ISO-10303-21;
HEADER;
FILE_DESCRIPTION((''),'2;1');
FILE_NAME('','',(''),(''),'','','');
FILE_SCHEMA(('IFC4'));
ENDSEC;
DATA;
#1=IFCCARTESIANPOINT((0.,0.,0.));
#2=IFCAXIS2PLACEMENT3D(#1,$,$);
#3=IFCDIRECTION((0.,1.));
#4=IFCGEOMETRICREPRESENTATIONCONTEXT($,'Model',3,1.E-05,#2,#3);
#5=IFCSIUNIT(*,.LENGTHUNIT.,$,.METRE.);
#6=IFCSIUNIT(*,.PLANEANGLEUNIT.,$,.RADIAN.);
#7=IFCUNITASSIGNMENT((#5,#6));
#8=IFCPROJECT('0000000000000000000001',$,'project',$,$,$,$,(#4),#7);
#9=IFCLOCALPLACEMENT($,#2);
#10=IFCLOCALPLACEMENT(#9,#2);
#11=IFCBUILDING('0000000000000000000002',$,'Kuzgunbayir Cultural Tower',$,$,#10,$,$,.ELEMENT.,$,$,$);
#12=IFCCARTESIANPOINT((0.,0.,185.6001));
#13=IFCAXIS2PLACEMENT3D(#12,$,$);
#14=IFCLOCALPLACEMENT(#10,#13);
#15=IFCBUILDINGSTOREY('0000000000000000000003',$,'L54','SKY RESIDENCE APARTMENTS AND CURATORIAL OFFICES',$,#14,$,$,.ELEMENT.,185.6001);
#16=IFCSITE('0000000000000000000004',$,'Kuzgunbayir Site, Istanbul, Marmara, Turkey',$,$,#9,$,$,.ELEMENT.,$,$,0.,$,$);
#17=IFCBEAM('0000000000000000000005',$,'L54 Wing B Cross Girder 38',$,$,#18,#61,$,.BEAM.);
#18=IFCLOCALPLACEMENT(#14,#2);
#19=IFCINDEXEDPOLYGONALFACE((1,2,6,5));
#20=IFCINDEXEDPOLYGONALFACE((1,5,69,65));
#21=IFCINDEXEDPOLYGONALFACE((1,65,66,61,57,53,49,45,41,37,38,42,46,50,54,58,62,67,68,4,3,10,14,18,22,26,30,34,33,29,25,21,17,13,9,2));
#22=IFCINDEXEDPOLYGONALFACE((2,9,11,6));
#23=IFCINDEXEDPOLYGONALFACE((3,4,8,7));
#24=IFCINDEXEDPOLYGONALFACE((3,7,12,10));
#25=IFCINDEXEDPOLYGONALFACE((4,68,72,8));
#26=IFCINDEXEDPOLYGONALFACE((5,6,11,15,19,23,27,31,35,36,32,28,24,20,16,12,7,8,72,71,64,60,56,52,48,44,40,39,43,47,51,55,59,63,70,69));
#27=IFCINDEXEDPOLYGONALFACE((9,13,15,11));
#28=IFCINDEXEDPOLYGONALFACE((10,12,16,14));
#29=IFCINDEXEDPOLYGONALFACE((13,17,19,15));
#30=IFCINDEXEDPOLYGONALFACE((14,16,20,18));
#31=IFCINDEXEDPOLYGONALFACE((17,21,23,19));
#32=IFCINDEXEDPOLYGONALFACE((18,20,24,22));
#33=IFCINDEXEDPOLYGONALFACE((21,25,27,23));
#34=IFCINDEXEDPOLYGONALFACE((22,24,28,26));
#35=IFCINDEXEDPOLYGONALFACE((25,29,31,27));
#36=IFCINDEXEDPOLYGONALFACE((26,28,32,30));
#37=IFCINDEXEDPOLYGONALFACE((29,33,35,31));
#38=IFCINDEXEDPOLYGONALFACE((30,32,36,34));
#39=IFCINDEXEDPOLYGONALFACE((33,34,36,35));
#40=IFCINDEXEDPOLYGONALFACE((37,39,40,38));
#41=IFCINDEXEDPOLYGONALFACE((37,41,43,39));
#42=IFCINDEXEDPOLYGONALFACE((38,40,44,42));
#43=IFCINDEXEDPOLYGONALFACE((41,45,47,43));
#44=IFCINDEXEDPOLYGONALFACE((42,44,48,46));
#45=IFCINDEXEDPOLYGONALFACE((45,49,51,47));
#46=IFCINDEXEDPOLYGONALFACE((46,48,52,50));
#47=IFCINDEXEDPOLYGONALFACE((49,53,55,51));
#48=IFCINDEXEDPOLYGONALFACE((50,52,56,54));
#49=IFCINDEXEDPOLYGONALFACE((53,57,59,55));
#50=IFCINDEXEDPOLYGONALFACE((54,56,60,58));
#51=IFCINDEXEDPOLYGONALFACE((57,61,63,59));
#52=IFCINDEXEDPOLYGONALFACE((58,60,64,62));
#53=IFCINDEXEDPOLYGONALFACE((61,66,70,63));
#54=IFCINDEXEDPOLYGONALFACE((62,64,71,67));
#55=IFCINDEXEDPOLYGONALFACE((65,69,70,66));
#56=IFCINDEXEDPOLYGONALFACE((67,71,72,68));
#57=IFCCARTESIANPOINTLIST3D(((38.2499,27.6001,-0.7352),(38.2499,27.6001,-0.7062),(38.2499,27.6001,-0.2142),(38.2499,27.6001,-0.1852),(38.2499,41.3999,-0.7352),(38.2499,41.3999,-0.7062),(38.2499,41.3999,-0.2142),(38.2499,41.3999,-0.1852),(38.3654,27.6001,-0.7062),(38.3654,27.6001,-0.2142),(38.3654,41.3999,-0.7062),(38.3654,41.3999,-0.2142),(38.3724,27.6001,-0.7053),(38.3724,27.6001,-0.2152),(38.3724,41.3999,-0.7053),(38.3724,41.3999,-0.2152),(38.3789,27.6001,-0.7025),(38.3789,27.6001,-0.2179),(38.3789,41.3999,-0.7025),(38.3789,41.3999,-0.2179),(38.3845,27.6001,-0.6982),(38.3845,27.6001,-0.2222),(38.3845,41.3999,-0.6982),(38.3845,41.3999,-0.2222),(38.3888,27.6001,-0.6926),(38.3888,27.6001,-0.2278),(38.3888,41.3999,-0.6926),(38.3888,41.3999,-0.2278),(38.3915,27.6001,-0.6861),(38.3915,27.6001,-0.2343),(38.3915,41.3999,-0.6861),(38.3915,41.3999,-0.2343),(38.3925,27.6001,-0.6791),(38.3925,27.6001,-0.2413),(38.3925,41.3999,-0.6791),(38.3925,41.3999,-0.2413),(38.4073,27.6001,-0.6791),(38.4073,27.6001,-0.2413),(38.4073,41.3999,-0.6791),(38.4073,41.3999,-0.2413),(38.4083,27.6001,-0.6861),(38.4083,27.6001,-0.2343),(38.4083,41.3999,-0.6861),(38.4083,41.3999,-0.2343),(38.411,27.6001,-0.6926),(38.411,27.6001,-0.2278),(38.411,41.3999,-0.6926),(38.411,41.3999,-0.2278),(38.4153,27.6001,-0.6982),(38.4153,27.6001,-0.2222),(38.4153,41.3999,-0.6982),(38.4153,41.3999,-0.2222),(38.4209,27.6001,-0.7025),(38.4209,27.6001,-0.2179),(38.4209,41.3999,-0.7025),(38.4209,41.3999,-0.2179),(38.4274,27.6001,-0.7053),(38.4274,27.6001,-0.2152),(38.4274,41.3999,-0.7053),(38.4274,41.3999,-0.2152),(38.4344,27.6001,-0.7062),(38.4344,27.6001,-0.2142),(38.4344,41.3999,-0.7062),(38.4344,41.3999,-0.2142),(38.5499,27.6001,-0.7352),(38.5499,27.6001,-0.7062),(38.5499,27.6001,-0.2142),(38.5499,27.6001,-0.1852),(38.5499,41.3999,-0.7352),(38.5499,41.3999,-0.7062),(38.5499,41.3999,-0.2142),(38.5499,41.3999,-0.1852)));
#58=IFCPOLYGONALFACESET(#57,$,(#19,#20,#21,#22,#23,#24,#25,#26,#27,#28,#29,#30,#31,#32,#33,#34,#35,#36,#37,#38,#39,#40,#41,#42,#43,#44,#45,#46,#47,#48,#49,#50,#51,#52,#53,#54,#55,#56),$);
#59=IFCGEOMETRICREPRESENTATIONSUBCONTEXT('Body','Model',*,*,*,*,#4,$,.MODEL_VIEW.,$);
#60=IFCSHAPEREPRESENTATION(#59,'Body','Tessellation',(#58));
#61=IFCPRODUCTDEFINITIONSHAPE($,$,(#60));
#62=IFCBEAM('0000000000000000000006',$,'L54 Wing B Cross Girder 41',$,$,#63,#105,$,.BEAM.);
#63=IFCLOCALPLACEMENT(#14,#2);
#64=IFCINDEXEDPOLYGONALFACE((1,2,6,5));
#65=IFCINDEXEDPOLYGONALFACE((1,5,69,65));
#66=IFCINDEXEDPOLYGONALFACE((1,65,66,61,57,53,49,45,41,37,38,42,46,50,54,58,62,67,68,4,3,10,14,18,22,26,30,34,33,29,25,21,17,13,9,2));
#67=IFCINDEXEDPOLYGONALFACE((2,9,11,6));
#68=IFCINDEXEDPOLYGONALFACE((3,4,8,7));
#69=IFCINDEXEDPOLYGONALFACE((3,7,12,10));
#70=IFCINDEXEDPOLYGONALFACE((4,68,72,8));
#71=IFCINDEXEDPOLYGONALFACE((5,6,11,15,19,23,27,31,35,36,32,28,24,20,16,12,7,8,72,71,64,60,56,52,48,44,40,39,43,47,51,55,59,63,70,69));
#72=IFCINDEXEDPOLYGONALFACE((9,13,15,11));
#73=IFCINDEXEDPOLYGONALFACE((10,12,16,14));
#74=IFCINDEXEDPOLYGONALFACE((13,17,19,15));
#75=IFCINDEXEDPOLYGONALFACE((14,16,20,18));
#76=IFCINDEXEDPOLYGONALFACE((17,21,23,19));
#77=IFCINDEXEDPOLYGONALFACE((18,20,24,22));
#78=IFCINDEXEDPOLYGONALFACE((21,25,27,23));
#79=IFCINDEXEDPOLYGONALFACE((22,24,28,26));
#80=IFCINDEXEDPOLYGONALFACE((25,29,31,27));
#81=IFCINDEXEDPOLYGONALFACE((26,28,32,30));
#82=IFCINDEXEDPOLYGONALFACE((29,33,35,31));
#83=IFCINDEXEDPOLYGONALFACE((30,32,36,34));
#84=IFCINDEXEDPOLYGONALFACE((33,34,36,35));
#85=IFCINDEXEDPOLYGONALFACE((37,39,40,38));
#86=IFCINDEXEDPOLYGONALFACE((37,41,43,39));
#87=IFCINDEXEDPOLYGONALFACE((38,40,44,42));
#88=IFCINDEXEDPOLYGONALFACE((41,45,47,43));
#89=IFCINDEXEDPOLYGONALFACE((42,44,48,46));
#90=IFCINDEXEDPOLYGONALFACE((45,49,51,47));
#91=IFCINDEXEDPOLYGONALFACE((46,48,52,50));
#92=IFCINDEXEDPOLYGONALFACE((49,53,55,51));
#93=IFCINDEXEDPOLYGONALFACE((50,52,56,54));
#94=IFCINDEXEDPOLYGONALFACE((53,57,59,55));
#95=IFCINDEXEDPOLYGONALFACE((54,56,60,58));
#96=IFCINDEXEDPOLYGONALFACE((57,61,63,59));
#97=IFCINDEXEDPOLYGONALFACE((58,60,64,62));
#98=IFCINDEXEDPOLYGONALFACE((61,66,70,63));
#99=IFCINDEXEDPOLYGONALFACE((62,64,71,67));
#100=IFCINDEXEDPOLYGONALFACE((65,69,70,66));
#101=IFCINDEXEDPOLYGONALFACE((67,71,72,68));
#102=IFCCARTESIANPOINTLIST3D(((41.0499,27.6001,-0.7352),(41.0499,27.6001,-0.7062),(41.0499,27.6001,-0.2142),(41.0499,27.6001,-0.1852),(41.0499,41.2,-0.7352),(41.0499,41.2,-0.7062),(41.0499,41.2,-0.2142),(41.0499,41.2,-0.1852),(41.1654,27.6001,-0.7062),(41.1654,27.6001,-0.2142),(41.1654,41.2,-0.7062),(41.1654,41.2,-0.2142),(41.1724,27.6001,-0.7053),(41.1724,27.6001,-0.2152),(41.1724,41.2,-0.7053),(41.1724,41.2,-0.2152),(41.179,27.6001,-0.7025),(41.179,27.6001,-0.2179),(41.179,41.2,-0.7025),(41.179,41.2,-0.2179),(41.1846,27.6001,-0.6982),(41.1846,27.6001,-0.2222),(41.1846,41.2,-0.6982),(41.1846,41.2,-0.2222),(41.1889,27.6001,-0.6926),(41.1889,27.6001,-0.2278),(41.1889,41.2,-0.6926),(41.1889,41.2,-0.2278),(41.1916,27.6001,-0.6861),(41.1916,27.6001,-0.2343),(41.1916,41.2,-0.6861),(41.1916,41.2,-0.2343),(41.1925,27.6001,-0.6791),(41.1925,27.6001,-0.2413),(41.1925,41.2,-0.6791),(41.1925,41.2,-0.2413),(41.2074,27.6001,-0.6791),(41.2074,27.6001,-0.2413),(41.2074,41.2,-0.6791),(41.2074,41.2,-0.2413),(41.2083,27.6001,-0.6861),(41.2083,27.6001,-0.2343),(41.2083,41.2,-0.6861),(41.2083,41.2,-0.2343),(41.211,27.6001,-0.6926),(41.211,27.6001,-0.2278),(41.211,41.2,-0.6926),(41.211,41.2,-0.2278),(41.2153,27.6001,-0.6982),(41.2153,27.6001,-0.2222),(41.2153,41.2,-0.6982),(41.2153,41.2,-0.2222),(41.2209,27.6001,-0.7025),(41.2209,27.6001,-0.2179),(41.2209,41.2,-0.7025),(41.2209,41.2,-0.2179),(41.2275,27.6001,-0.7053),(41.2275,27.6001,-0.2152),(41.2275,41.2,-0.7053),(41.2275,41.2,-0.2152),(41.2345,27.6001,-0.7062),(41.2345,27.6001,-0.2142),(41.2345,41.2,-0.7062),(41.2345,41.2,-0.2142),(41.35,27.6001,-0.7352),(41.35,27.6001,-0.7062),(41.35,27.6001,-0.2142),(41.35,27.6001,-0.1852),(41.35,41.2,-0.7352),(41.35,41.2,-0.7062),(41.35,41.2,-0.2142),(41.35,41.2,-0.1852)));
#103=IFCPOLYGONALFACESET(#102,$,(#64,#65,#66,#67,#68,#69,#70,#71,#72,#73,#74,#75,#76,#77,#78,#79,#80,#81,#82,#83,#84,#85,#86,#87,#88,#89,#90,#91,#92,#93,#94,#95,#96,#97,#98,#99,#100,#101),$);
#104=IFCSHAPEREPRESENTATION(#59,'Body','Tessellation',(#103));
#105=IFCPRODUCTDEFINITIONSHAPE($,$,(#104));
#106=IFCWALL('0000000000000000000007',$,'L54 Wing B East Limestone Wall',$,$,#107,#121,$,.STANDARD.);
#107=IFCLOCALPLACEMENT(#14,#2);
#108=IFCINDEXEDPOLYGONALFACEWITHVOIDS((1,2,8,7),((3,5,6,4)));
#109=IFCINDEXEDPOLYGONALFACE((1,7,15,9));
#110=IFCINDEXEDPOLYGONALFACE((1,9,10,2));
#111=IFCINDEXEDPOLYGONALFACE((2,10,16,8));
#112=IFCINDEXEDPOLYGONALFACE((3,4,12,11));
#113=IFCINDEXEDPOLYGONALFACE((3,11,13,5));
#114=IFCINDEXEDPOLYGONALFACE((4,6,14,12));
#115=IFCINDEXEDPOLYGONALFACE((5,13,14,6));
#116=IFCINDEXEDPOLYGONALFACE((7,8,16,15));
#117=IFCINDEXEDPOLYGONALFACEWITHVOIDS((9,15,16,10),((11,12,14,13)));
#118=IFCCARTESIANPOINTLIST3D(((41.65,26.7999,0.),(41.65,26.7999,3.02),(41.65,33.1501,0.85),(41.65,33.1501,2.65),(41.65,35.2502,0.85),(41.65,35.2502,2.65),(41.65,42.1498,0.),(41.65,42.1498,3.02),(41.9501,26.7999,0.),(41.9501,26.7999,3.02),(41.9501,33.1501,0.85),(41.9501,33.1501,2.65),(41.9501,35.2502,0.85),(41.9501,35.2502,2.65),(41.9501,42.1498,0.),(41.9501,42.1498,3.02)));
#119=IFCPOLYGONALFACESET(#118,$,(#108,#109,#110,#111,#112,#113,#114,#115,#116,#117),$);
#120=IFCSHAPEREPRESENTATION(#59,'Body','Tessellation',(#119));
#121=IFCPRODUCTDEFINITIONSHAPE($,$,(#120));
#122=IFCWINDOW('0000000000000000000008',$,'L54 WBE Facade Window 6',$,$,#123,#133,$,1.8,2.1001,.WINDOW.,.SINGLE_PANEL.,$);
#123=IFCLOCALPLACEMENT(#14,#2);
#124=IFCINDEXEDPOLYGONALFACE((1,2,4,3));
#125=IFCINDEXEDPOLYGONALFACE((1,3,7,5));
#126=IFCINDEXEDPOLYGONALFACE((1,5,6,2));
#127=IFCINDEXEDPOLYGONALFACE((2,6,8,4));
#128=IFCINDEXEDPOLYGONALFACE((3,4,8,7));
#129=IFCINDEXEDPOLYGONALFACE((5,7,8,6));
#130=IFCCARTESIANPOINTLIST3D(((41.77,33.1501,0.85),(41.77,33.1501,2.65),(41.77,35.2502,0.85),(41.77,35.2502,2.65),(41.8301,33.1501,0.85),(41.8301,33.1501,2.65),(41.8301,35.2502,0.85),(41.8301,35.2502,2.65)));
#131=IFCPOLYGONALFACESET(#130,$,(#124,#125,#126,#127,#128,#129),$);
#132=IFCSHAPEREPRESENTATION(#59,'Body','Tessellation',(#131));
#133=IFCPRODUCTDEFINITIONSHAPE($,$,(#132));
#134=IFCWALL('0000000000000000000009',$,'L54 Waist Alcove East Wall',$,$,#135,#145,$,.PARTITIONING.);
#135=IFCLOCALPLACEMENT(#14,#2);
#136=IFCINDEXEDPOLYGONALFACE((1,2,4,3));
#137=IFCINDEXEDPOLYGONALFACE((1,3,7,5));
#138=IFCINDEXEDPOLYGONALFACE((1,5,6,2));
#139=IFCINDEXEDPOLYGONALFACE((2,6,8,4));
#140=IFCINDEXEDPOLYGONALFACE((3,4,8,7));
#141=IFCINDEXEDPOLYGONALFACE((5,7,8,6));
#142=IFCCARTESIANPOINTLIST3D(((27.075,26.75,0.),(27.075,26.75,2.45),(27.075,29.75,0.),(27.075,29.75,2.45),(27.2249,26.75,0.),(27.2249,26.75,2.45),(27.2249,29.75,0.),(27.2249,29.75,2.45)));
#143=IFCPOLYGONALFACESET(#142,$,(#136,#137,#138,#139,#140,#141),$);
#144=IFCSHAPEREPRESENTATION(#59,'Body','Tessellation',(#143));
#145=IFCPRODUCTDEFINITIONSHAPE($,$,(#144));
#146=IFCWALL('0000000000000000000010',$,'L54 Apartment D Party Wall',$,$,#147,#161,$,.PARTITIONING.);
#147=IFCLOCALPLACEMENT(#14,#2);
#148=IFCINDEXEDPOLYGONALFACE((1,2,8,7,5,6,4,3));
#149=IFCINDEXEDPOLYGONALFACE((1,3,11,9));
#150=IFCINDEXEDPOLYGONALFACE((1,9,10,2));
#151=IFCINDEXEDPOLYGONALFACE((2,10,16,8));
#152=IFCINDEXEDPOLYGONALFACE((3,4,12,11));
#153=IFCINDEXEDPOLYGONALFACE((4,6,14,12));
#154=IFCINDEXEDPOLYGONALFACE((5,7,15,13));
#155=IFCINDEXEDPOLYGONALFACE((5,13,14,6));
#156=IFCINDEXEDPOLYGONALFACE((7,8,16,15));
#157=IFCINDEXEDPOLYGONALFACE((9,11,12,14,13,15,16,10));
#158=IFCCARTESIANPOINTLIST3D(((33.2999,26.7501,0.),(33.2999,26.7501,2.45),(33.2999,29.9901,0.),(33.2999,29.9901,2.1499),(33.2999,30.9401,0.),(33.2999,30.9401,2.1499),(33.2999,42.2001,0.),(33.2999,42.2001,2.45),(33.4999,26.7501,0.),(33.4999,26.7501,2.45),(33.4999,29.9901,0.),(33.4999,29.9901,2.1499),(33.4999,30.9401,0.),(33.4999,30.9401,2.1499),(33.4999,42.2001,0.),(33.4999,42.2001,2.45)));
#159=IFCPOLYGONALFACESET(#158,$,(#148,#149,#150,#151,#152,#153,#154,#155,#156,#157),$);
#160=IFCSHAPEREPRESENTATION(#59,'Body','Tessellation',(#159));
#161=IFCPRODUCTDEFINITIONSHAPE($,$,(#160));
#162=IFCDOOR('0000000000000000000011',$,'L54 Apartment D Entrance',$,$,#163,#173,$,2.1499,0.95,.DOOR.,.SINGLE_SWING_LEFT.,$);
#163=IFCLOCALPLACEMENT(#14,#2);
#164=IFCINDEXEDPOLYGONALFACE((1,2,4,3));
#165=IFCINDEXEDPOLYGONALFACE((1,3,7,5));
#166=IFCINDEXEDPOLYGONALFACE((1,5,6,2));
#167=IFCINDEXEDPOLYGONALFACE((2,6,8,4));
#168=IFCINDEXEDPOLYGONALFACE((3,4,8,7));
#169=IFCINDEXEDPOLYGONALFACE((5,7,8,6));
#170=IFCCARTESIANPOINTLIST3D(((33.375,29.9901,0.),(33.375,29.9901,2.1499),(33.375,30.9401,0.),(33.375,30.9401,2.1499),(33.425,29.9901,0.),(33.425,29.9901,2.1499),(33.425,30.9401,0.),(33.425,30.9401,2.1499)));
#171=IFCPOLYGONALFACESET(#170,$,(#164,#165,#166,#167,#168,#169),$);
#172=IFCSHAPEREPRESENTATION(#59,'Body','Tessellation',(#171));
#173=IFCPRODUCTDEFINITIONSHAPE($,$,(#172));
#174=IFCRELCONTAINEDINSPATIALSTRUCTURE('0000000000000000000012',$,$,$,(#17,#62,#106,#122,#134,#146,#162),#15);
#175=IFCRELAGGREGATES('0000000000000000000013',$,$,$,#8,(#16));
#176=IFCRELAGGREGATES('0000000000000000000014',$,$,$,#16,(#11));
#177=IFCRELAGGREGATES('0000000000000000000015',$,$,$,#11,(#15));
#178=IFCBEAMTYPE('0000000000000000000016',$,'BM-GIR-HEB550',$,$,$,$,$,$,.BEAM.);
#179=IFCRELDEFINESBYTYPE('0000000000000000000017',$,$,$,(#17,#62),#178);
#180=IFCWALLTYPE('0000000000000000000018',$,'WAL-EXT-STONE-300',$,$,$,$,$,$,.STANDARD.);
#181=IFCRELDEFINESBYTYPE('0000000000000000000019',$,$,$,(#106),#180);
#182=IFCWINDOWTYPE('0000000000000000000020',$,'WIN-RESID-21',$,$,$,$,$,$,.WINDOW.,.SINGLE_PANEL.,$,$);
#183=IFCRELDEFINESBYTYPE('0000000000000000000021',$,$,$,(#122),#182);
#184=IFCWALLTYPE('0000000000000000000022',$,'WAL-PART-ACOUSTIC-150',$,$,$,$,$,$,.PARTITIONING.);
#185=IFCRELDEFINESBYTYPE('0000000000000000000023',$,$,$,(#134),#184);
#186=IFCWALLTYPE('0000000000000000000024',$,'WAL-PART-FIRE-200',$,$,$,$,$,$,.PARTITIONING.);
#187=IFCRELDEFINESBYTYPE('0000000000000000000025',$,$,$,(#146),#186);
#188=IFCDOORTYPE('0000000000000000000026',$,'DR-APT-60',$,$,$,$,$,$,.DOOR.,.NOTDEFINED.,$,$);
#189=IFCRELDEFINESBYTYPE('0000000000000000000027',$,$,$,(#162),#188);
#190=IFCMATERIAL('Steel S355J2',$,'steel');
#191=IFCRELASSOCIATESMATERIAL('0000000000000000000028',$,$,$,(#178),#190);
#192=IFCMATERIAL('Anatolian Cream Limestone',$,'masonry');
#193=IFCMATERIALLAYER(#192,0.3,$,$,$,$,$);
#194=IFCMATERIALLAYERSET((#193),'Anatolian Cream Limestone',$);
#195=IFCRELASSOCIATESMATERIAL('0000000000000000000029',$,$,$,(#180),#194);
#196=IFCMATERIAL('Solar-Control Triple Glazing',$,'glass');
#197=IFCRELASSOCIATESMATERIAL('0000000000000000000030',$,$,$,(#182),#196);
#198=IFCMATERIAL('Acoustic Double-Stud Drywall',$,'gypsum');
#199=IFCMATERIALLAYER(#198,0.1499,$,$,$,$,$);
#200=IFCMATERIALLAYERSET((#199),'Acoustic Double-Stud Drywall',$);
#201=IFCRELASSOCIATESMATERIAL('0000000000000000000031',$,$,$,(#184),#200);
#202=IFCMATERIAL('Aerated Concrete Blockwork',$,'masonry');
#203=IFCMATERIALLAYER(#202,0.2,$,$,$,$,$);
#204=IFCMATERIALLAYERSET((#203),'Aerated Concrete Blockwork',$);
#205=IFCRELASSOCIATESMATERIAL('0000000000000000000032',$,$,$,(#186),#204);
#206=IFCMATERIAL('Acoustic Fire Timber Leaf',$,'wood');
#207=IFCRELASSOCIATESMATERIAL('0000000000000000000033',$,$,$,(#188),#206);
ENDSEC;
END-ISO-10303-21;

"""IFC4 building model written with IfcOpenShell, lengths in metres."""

from ifc_helpers import new_model, si_unit, direction, frame, frame_2d, origin, origin_2d, place, context, subcontext, project, spatial, rectangle, i_section, extrude, material, layer, layer_set, material_profile, profile_set, type_object, element, fill, save


model = new_model("IFC4")

# Units and contexts
model_context = context("Model", 3, precision=1e-05, world=origin(), true_north=direction((0.0, 1.0)))
body_context = subcontext(model_context, "Body", "Model", "MODEL_VIEW")
ifc_project = project(units=[si_unit("LENGTHUNIT", "METRE"), si_unit("PLANEANGLEUNIT", "RADIAN")], contexts=[model_context])

# Site, building, storey
site_placement = place(None, origin())
site = spatial("IfcSite", under=ifc_project, at=site_placement, Name="Kuzgunbayir Site, Istanbul, Marmara, Turkey", CompositionType="ELEMENT", RefElevation=0.0)
building_placement = place(site_placement, origin())
building = spatial("IfcBuilding", under=site, at=building_placement, Name="Kuzgunbayir Cultural Tower", CompositionType="ELEMENT")
storey_placement = place(building_placement, frame((0.0, 0.0, 185.6001)))
storey = spatial("IfcBuildingStorey", under=building, at=storey_placement, Name="L54", Description="SKY RESIDENCE APARTMENTS AND CURATORIAL OFFICES", CompositionType="ELEMENT", Elevation=185.6001)

# Beams
ifc_material_1 = material(Name="Steel S355J2", Category="steel")
ifc_material_profile_1 = material_profile(ifc_material_1, i_section(OverallWidth=0.3, OverallDepth=0.55, WebThickness=0.0149, FlangeThickness=0.0291, FilletRadius=0.0271, at=origin_2d()), Name="HEB 550")
ifc_profile_set_1 = profile_set([ifc_material_profile_1], Name="Steel S355J2")
beam_type_1 = type_object("IfcBeamType", Name="BM-GIR-HEB550", PredefinedType="BEAM", material=ifc_profile_set_1)
beam_1_placement = place(storey_placement, frame((38.3999, 27.6001, -0.4602), z_axis=(0.0, 1.0, 0.0), x_axis=(-1.0, 0.0, 0.0)))
element("IfcBeam", 1, at=beam_1_placement, inside=storey, type_object=beam_type_1, Name="L54 Wing B Cross Girder 38", PredefinedType="BEAM", context=body_context, shape_type="SweptSolid", body=[
    extrude(i_section(OverallWidth=0.3, OverallDepth=0.55, WebThickness=0.0149, FlangeThickness=0.0291, FilletRadius=0.0271, at=origin_2d()), origin(), (0.0, 0.0, 1.0), 13.7998),
])
beam_2_placement = place(storey_placement, frame((41.2, 27.6001, -0.4602), z_axis=(0.0, 1.0, 0.0), x_axis=(-1.0, 0.0, 0.0)))
element("IfcBeam", 2, at=beam_2_placement, inside=storey, type_object=beam_type_1, Name="L54 Wing B Cross Girder 41", PredefinedType="BEAM", context=body_context, shape_type="SweptSolid", body=[
    extrude(i_section(OverallWidth=0.3, OverallDepth=0.55, WebThickness=0.0149, FlangeThickness=0.0291, FilletRadius=0.0271, at=origin_2d()), origin(), (0.0, 0.0, 1.0), 13.5999),
])

# Wall, opening, window
ifc_material_2 = material(Name="Anatolian Cream Limestone", Category="masonry")
ifc_layer_1 = layer(ifc_material_2, 0.3)
ifc_layer_set_1 = layer_set([ifc_layer_1], Name="Anatolian Cream Limestone")
wall_type_1 = type_object("IfcWallType", Name="WAL-EXT-STONE-300", PredefinedType="STANDARD", material=ifc_layer_set_1)
wall_1_placement = place(storey_placement, frame((41.8, 26.8, 0.0), z_axis=(0.0, 0.0, 1.0), x_axis=(0.0, 1.0, 0.0)))
wall_1 = element("IfcWall", 3, at=wall_1_placement, inside=storey, type_object=wall_type_1, Name="L54 Wing B East Limestone Wall", PredefinedType="STANDARD", context=body_context, shape_type="SweptSolid", body=[
    extrude(rectangle(XDim=15.3499, YDim=0.3, at=frame_2d((7.6748, 0.0))), origin(), (0.0, 0.0, 1.0), 3.02),
])
opening_1_placement = place(wall_1_placement, frame((6.3501, 0.0, 0.8501)))
opening_1 = element("IfcOpeningElement", 4, at=opening_1_placement, cuts=wall_1, PredefinedType="OPENING", context=body_context, shape_type="SweptSolid", body=[
    extrude(rectangle(XDim=2.1001, YDim=1.8, at=frame_2d((1.05, 0.8999))), frame((0.0, 0.1602, 0.0), z_axis=(0.0, -1.0, 0.0), x_axis=(1.0, 0.0, 0.0)), (0.0, 0.0, 1.0), 0.3201),
])
ifc_material_3 = material(Name="Solar-Control Triple Glazing", Category="glass")
window_type = type_object("IfcWindowType", Name="WIN-RESID-21", PartitioningType="SINGLE_PANEL", PredefinedType="WINDOW", material=ifc_material_3)
window_placement = place(opening_1_placement, origin())
window = element("IfcWindow", 5, at=window_placement, inside=storey, type_object=window_type, Name="L54 WBE Facade Window 6", OverallHeight=1.8, OverallWidth=2.1001, PartitioningType="SINGLE_PANEL", PredefinedType="WINDOW", context=body_context, shape_type="SweptSolid", body=[
    extrude(rectangle(XDim=2.1001, YDim=1.8, at=frame_2d((1.05, 0.8999))), frame((0.0, 0.03, 0.0), z_axis=(0.0, -1.0, 0.0), x_axis=(1.0, 0.0, 0.0)), (0.0, 0.0, 1.0), 0.0601),
])
fill(opening_1, window)

# Wall
ifc_material_4 = material(Name="Acoustic Double-Stud Drywall", Category="gypsum")
ifc_layer_2 = layer(ifc_material_4, 0.1499)
ifc_layer_set_2 = layer_set([ifc_layer_2], Name="Acoustic Double-Stud Drywall")
wall_type_2 = type_object("IfcWallType", Name="WAL-PART-ACOUSTIC-150", PredefinedType="PARTITIONING", material=ifc_layer_set_2)
wall_2_placement = place(storey_placement, frame((27.1499, 26.75, 0.0), z_axis=(0.0, 0.0, 1.0), x_axis=(0.0, 1.0, 0.0)))
element("IfcWall", 6, at=wall_2_placement, inside=storey, type_object=wall_type_2, Name="L54 Waist Alcove East Wall", PredefinedType="PARTITIONING", context=body_context, shape_type="SweptSolid", body=[
    extrude(rectangle(XDim=3.0, YDim=0.1499, at=frame_2d((1.5, 0.0))), origin(), (0.0, 0.0, 1.0), 2.45),
])

# Wall, opening, door
ifc_material_5 = material(Name="Aerated Concrete Blockwork", Category="masonry")
ifc_layer_3 = layer(ifc_material_5, 0.2)
ifc_layer_set_3 = layer_set([ifc_layer_3], Name="Aerated Concrete Blockwork")
wall_type_3 = type_object("IfcWallType", Name="WAL-PART-FIRE-200", PredefinedType="PARTITIONING", material=ifc_layer_set_3)
wall_3_placement = place(storey_placement, frame((33.3999, 26.75, 0.0), z_axis=(0.0, 0.0, 1.0), x_axis=(0.0, 1.0, 0.0)))
wall_3 = element("IfcWall", 7, at=wall_3_placement, inside=storey, type_object=wall_type_3, Name="L54 Apartment D Party Wall", PredefinedType="PARTITIONING", context=body_context, shape_type="SweptSolid", body=[
    extrude(rectangle(XDim=15.45, YDim=0.2, at=frame_2d((7.7251, 0.0))), origin(), (0.0, 0.0, 1.0), 2.45),
])
opening_2_placement = place(wall_3_placement, frame((3.24, 0.0, 0.0)))
opening_2 = element("IfcOpeningElement", 8, at=opening_2_placement, cuts=wall_3, PredefinedType="OPENING", context=body_context, shape_type="SweptSolid", body=[
    extrude(rectangle(XDim=0.95, YDim=2.1499, at=frame_2d((0.4751, 1.075))), frame((0.0, 0.1099, 0.0), z_axis=(0.0, -1.0, 0.0), x_axis=(1.0, 0.0, 0.0)), (0.0, 0.0, 1.0), 0.22),
])
ifc_material_6 = material(Name="Acoustic Fire Timber Leaf", Category="wood")
door_type = type_object("IfcDoorType", Name="DR-APT-60", OperationType="NOTDEFINED", PredefinedType="DOOR", material=ifc_material_6)
door_placement = place(opening_2_placement, origin())
door = element("IfcDoor", 9, at=door_placement, inside=storey, type_object=door_type, Name="L54 Apartment D Entrance", OperationType="SINGLE_SWING_LEFT", OverallHeight=2.1499, OverallWidth=0.95, PredefinedType="DOOR", context=body_context, shape_type="SweptSolid", body=[
    extrude(rectangle(XDim=0.95, YDim=2.1499, at=frame_2d((0.4751, 1.075))), frame((0.0, 0.0249, 0.0), z_axis=(0.0, -1.0, 0.0), x_axis=(1.0, 0.0, 0.0)), (0.0, 0.0, 1.0), 0.05),
])
fill(opening_2, door)

save(model, "model.ifc")
